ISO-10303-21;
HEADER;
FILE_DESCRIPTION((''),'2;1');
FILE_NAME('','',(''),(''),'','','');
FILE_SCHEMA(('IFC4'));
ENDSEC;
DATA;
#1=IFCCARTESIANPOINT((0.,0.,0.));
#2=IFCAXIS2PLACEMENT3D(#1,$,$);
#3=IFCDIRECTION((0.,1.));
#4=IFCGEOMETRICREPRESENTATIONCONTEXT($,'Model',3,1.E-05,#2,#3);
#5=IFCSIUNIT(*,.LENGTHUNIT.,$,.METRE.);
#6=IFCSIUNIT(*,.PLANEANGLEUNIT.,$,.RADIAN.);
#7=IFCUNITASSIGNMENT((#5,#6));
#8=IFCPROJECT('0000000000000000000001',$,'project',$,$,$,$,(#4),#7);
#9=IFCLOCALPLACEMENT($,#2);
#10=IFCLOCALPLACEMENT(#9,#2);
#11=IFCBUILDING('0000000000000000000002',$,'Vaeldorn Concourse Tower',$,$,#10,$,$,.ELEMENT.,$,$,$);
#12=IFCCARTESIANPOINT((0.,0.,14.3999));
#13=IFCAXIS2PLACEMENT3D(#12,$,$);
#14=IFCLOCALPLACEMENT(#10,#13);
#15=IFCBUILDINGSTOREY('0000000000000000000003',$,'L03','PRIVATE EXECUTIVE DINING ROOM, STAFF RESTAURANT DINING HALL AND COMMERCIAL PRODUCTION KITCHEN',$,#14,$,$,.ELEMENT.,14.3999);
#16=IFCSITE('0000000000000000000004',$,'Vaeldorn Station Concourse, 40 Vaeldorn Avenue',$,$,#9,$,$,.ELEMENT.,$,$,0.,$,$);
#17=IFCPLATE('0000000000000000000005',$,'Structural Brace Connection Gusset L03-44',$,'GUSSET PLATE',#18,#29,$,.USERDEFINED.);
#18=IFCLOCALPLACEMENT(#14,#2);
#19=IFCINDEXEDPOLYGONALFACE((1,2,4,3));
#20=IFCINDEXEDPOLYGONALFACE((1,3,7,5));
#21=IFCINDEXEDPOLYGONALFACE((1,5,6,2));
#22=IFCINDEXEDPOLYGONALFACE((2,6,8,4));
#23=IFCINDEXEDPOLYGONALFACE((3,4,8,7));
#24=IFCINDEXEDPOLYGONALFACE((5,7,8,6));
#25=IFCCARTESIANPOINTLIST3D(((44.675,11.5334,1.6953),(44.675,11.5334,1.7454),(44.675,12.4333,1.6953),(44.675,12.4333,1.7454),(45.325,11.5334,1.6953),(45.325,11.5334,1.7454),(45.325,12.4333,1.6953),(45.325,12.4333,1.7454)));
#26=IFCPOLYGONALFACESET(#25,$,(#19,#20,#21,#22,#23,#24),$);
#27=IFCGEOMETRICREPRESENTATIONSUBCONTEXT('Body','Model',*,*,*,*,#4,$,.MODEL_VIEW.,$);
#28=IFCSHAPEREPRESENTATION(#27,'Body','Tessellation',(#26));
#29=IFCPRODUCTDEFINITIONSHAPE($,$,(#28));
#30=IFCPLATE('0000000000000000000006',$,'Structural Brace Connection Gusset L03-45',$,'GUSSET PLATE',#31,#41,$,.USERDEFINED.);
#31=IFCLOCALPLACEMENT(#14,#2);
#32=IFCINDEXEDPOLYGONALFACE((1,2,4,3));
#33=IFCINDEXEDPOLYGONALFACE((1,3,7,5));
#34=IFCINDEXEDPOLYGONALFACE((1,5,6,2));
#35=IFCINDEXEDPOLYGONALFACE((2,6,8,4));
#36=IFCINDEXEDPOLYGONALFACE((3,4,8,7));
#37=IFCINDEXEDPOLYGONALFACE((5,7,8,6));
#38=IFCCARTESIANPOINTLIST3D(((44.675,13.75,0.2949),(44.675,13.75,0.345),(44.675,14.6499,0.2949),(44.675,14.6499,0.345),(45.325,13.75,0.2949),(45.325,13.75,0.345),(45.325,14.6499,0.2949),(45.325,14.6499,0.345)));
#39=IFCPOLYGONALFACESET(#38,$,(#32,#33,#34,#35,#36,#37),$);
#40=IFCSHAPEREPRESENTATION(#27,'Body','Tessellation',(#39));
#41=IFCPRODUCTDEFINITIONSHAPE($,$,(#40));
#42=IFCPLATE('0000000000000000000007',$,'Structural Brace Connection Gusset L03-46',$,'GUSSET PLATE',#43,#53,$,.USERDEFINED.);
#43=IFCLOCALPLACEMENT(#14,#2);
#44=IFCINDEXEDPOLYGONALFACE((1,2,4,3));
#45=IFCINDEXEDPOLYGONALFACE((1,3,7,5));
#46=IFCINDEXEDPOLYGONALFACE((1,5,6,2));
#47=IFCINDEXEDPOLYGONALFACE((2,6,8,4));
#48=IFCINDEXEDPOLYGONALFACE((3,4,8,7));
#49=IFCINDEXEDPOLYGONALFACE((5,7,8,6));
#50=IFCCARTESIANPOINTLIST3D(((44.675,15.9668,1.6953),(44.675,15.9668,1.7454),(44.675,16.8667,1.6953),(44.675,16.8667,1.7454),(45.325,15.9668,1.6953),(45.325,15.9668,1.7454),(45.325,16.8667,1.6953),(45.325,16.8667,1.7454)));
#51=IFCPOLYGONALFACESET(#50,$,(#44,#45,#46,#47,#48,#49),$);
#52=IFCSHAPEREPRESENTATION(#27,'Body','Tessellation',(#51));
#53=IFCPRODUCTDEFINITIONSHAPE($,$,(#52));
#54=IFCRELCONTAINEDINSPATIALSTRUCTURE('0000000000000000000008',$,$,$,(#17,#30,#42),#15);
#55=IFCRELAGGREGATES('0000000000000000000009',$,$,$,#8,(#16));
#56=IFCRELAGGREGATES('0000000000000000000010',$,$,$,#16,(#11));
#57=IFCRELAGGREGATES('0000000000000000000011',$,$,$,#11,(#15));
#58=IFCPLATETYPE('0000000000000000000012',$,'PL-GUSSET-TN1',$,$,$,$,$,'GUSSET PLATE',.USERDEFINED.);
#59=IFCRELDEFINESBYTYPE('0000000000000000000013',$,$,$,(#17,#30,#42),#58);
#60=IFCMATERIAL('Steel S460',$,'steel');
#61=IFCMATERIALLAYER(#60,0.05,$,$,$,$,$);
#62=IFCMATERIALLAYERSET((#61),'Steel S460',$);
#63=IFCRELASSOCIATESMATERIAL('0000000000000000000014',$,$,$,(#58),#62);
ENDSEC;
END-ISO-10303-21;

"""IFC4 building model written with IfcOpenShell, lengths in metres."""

from ifc_helpers import new_model, si_unit, direction, frame, origin, origin_2d, place, context, subcontext, project, spatial, rectangle, extrude, source, transform, mapped, material, layer, layer_set, type_object, element, save


model = new_model("IFC4")

# Units and contexts
model_context = context("Model", 3, precision=1e-05, world=origin(), true_north=direction((0.0, 1.0)))
body_context = subcontext(model_context, "Body", "Model", "MODEL_VIEW")
ifc_project = project(units=[si_unit("LENGTHUNIT", "METRE"), si_unit("PLANEANGLEUNIT", "RADIAN")], contexts=[model_context])

# Site, building, storey
site_placement = place(None, origin())
site = spatial("IfcSite", under=ifc_project, at=site_placement, Name="Vaeldorn Station Concourse, 40 Vaeldorn Avenue", CompositionType="ELEMENT", RefElevation=0.0)
building_placement = place(site_placement, origin())
building = spatial("IfcBuilding", under=site, at=building_placement, Name="Vaeldorn Concourse Tower", CompositionType="ELEMENT")
storey_placement = place(building_placement, frame((0.0, 0.0, 14.3999)))
storey = spatial("IfcBuildingStorey", under=building, at=storey_placement, Name="L03", Description="PRIVATE EXECUTIVE DINING ROOM, STAFF RESTAURANT DINING HALL AND COMMERCIAL PRODUCTION KITCHEN", CompositionType="ELEMENT", Elevation=14.3999)

# Shared definitions
ifc_material = material(Name="Steel S460", Category="steel")

# Plates
ifc_layer = layer(ifc_material, 0.05)
ifc_layer_set = layer_set([ifc_layer], Name="Steel S460")
plate_type = type_object("IfcPlateType", Name="PL-GUSSET-TN1", ElementType="GUSSET PLATE", PredefinedType="USERDEFINED", material=ifc_layer_set)
shared_shape_1 = source(origin(), body_context, "Body", "SweptSolid", [
    extrude(rectangle(XDim=0.8999, YDim=0.6499, at=origin_2d()), origin(), (0.0, 0.0, 1.0), 0.05),
])
for number, where, z_axis, x_axis, name in (
    (1, (45.0, 11.9834, 1.6953), (0.0, 0.0, 1.0), (0.0, 1.0, 0.0), "Structural Brace Connection Gusset L03-44"),
    (2, (45.0, 14.2, 0.2949), (0.0, 0.0, 1.0), (0.0, 1.0, 0.0), "Structural Brace Connection Gusset L03-45"),
    (3, (45.0, 16.4167, 1.6953), (0.0, 0.0, 1.0), (0.0, 1.0, 0.0), "Structural Brace Connection Gusset L03-46"),
):
    element("IfcPlate", number, at=place(storey_placement, frame(where, z_axis=z_axis, x_axis=x_axis)), inside=storey, type_object=plate_type, Name=name, ObjectType="GUSSET PLATE", PredefinedType="USERDEFINED", context=body_context, shape_type="MappedRepresentation", body=[
        mapped(shared_shape_1, transform((0.0, 0.0, 0.0), scale=1.0)),
    ])

save(model, "model.ifc")
